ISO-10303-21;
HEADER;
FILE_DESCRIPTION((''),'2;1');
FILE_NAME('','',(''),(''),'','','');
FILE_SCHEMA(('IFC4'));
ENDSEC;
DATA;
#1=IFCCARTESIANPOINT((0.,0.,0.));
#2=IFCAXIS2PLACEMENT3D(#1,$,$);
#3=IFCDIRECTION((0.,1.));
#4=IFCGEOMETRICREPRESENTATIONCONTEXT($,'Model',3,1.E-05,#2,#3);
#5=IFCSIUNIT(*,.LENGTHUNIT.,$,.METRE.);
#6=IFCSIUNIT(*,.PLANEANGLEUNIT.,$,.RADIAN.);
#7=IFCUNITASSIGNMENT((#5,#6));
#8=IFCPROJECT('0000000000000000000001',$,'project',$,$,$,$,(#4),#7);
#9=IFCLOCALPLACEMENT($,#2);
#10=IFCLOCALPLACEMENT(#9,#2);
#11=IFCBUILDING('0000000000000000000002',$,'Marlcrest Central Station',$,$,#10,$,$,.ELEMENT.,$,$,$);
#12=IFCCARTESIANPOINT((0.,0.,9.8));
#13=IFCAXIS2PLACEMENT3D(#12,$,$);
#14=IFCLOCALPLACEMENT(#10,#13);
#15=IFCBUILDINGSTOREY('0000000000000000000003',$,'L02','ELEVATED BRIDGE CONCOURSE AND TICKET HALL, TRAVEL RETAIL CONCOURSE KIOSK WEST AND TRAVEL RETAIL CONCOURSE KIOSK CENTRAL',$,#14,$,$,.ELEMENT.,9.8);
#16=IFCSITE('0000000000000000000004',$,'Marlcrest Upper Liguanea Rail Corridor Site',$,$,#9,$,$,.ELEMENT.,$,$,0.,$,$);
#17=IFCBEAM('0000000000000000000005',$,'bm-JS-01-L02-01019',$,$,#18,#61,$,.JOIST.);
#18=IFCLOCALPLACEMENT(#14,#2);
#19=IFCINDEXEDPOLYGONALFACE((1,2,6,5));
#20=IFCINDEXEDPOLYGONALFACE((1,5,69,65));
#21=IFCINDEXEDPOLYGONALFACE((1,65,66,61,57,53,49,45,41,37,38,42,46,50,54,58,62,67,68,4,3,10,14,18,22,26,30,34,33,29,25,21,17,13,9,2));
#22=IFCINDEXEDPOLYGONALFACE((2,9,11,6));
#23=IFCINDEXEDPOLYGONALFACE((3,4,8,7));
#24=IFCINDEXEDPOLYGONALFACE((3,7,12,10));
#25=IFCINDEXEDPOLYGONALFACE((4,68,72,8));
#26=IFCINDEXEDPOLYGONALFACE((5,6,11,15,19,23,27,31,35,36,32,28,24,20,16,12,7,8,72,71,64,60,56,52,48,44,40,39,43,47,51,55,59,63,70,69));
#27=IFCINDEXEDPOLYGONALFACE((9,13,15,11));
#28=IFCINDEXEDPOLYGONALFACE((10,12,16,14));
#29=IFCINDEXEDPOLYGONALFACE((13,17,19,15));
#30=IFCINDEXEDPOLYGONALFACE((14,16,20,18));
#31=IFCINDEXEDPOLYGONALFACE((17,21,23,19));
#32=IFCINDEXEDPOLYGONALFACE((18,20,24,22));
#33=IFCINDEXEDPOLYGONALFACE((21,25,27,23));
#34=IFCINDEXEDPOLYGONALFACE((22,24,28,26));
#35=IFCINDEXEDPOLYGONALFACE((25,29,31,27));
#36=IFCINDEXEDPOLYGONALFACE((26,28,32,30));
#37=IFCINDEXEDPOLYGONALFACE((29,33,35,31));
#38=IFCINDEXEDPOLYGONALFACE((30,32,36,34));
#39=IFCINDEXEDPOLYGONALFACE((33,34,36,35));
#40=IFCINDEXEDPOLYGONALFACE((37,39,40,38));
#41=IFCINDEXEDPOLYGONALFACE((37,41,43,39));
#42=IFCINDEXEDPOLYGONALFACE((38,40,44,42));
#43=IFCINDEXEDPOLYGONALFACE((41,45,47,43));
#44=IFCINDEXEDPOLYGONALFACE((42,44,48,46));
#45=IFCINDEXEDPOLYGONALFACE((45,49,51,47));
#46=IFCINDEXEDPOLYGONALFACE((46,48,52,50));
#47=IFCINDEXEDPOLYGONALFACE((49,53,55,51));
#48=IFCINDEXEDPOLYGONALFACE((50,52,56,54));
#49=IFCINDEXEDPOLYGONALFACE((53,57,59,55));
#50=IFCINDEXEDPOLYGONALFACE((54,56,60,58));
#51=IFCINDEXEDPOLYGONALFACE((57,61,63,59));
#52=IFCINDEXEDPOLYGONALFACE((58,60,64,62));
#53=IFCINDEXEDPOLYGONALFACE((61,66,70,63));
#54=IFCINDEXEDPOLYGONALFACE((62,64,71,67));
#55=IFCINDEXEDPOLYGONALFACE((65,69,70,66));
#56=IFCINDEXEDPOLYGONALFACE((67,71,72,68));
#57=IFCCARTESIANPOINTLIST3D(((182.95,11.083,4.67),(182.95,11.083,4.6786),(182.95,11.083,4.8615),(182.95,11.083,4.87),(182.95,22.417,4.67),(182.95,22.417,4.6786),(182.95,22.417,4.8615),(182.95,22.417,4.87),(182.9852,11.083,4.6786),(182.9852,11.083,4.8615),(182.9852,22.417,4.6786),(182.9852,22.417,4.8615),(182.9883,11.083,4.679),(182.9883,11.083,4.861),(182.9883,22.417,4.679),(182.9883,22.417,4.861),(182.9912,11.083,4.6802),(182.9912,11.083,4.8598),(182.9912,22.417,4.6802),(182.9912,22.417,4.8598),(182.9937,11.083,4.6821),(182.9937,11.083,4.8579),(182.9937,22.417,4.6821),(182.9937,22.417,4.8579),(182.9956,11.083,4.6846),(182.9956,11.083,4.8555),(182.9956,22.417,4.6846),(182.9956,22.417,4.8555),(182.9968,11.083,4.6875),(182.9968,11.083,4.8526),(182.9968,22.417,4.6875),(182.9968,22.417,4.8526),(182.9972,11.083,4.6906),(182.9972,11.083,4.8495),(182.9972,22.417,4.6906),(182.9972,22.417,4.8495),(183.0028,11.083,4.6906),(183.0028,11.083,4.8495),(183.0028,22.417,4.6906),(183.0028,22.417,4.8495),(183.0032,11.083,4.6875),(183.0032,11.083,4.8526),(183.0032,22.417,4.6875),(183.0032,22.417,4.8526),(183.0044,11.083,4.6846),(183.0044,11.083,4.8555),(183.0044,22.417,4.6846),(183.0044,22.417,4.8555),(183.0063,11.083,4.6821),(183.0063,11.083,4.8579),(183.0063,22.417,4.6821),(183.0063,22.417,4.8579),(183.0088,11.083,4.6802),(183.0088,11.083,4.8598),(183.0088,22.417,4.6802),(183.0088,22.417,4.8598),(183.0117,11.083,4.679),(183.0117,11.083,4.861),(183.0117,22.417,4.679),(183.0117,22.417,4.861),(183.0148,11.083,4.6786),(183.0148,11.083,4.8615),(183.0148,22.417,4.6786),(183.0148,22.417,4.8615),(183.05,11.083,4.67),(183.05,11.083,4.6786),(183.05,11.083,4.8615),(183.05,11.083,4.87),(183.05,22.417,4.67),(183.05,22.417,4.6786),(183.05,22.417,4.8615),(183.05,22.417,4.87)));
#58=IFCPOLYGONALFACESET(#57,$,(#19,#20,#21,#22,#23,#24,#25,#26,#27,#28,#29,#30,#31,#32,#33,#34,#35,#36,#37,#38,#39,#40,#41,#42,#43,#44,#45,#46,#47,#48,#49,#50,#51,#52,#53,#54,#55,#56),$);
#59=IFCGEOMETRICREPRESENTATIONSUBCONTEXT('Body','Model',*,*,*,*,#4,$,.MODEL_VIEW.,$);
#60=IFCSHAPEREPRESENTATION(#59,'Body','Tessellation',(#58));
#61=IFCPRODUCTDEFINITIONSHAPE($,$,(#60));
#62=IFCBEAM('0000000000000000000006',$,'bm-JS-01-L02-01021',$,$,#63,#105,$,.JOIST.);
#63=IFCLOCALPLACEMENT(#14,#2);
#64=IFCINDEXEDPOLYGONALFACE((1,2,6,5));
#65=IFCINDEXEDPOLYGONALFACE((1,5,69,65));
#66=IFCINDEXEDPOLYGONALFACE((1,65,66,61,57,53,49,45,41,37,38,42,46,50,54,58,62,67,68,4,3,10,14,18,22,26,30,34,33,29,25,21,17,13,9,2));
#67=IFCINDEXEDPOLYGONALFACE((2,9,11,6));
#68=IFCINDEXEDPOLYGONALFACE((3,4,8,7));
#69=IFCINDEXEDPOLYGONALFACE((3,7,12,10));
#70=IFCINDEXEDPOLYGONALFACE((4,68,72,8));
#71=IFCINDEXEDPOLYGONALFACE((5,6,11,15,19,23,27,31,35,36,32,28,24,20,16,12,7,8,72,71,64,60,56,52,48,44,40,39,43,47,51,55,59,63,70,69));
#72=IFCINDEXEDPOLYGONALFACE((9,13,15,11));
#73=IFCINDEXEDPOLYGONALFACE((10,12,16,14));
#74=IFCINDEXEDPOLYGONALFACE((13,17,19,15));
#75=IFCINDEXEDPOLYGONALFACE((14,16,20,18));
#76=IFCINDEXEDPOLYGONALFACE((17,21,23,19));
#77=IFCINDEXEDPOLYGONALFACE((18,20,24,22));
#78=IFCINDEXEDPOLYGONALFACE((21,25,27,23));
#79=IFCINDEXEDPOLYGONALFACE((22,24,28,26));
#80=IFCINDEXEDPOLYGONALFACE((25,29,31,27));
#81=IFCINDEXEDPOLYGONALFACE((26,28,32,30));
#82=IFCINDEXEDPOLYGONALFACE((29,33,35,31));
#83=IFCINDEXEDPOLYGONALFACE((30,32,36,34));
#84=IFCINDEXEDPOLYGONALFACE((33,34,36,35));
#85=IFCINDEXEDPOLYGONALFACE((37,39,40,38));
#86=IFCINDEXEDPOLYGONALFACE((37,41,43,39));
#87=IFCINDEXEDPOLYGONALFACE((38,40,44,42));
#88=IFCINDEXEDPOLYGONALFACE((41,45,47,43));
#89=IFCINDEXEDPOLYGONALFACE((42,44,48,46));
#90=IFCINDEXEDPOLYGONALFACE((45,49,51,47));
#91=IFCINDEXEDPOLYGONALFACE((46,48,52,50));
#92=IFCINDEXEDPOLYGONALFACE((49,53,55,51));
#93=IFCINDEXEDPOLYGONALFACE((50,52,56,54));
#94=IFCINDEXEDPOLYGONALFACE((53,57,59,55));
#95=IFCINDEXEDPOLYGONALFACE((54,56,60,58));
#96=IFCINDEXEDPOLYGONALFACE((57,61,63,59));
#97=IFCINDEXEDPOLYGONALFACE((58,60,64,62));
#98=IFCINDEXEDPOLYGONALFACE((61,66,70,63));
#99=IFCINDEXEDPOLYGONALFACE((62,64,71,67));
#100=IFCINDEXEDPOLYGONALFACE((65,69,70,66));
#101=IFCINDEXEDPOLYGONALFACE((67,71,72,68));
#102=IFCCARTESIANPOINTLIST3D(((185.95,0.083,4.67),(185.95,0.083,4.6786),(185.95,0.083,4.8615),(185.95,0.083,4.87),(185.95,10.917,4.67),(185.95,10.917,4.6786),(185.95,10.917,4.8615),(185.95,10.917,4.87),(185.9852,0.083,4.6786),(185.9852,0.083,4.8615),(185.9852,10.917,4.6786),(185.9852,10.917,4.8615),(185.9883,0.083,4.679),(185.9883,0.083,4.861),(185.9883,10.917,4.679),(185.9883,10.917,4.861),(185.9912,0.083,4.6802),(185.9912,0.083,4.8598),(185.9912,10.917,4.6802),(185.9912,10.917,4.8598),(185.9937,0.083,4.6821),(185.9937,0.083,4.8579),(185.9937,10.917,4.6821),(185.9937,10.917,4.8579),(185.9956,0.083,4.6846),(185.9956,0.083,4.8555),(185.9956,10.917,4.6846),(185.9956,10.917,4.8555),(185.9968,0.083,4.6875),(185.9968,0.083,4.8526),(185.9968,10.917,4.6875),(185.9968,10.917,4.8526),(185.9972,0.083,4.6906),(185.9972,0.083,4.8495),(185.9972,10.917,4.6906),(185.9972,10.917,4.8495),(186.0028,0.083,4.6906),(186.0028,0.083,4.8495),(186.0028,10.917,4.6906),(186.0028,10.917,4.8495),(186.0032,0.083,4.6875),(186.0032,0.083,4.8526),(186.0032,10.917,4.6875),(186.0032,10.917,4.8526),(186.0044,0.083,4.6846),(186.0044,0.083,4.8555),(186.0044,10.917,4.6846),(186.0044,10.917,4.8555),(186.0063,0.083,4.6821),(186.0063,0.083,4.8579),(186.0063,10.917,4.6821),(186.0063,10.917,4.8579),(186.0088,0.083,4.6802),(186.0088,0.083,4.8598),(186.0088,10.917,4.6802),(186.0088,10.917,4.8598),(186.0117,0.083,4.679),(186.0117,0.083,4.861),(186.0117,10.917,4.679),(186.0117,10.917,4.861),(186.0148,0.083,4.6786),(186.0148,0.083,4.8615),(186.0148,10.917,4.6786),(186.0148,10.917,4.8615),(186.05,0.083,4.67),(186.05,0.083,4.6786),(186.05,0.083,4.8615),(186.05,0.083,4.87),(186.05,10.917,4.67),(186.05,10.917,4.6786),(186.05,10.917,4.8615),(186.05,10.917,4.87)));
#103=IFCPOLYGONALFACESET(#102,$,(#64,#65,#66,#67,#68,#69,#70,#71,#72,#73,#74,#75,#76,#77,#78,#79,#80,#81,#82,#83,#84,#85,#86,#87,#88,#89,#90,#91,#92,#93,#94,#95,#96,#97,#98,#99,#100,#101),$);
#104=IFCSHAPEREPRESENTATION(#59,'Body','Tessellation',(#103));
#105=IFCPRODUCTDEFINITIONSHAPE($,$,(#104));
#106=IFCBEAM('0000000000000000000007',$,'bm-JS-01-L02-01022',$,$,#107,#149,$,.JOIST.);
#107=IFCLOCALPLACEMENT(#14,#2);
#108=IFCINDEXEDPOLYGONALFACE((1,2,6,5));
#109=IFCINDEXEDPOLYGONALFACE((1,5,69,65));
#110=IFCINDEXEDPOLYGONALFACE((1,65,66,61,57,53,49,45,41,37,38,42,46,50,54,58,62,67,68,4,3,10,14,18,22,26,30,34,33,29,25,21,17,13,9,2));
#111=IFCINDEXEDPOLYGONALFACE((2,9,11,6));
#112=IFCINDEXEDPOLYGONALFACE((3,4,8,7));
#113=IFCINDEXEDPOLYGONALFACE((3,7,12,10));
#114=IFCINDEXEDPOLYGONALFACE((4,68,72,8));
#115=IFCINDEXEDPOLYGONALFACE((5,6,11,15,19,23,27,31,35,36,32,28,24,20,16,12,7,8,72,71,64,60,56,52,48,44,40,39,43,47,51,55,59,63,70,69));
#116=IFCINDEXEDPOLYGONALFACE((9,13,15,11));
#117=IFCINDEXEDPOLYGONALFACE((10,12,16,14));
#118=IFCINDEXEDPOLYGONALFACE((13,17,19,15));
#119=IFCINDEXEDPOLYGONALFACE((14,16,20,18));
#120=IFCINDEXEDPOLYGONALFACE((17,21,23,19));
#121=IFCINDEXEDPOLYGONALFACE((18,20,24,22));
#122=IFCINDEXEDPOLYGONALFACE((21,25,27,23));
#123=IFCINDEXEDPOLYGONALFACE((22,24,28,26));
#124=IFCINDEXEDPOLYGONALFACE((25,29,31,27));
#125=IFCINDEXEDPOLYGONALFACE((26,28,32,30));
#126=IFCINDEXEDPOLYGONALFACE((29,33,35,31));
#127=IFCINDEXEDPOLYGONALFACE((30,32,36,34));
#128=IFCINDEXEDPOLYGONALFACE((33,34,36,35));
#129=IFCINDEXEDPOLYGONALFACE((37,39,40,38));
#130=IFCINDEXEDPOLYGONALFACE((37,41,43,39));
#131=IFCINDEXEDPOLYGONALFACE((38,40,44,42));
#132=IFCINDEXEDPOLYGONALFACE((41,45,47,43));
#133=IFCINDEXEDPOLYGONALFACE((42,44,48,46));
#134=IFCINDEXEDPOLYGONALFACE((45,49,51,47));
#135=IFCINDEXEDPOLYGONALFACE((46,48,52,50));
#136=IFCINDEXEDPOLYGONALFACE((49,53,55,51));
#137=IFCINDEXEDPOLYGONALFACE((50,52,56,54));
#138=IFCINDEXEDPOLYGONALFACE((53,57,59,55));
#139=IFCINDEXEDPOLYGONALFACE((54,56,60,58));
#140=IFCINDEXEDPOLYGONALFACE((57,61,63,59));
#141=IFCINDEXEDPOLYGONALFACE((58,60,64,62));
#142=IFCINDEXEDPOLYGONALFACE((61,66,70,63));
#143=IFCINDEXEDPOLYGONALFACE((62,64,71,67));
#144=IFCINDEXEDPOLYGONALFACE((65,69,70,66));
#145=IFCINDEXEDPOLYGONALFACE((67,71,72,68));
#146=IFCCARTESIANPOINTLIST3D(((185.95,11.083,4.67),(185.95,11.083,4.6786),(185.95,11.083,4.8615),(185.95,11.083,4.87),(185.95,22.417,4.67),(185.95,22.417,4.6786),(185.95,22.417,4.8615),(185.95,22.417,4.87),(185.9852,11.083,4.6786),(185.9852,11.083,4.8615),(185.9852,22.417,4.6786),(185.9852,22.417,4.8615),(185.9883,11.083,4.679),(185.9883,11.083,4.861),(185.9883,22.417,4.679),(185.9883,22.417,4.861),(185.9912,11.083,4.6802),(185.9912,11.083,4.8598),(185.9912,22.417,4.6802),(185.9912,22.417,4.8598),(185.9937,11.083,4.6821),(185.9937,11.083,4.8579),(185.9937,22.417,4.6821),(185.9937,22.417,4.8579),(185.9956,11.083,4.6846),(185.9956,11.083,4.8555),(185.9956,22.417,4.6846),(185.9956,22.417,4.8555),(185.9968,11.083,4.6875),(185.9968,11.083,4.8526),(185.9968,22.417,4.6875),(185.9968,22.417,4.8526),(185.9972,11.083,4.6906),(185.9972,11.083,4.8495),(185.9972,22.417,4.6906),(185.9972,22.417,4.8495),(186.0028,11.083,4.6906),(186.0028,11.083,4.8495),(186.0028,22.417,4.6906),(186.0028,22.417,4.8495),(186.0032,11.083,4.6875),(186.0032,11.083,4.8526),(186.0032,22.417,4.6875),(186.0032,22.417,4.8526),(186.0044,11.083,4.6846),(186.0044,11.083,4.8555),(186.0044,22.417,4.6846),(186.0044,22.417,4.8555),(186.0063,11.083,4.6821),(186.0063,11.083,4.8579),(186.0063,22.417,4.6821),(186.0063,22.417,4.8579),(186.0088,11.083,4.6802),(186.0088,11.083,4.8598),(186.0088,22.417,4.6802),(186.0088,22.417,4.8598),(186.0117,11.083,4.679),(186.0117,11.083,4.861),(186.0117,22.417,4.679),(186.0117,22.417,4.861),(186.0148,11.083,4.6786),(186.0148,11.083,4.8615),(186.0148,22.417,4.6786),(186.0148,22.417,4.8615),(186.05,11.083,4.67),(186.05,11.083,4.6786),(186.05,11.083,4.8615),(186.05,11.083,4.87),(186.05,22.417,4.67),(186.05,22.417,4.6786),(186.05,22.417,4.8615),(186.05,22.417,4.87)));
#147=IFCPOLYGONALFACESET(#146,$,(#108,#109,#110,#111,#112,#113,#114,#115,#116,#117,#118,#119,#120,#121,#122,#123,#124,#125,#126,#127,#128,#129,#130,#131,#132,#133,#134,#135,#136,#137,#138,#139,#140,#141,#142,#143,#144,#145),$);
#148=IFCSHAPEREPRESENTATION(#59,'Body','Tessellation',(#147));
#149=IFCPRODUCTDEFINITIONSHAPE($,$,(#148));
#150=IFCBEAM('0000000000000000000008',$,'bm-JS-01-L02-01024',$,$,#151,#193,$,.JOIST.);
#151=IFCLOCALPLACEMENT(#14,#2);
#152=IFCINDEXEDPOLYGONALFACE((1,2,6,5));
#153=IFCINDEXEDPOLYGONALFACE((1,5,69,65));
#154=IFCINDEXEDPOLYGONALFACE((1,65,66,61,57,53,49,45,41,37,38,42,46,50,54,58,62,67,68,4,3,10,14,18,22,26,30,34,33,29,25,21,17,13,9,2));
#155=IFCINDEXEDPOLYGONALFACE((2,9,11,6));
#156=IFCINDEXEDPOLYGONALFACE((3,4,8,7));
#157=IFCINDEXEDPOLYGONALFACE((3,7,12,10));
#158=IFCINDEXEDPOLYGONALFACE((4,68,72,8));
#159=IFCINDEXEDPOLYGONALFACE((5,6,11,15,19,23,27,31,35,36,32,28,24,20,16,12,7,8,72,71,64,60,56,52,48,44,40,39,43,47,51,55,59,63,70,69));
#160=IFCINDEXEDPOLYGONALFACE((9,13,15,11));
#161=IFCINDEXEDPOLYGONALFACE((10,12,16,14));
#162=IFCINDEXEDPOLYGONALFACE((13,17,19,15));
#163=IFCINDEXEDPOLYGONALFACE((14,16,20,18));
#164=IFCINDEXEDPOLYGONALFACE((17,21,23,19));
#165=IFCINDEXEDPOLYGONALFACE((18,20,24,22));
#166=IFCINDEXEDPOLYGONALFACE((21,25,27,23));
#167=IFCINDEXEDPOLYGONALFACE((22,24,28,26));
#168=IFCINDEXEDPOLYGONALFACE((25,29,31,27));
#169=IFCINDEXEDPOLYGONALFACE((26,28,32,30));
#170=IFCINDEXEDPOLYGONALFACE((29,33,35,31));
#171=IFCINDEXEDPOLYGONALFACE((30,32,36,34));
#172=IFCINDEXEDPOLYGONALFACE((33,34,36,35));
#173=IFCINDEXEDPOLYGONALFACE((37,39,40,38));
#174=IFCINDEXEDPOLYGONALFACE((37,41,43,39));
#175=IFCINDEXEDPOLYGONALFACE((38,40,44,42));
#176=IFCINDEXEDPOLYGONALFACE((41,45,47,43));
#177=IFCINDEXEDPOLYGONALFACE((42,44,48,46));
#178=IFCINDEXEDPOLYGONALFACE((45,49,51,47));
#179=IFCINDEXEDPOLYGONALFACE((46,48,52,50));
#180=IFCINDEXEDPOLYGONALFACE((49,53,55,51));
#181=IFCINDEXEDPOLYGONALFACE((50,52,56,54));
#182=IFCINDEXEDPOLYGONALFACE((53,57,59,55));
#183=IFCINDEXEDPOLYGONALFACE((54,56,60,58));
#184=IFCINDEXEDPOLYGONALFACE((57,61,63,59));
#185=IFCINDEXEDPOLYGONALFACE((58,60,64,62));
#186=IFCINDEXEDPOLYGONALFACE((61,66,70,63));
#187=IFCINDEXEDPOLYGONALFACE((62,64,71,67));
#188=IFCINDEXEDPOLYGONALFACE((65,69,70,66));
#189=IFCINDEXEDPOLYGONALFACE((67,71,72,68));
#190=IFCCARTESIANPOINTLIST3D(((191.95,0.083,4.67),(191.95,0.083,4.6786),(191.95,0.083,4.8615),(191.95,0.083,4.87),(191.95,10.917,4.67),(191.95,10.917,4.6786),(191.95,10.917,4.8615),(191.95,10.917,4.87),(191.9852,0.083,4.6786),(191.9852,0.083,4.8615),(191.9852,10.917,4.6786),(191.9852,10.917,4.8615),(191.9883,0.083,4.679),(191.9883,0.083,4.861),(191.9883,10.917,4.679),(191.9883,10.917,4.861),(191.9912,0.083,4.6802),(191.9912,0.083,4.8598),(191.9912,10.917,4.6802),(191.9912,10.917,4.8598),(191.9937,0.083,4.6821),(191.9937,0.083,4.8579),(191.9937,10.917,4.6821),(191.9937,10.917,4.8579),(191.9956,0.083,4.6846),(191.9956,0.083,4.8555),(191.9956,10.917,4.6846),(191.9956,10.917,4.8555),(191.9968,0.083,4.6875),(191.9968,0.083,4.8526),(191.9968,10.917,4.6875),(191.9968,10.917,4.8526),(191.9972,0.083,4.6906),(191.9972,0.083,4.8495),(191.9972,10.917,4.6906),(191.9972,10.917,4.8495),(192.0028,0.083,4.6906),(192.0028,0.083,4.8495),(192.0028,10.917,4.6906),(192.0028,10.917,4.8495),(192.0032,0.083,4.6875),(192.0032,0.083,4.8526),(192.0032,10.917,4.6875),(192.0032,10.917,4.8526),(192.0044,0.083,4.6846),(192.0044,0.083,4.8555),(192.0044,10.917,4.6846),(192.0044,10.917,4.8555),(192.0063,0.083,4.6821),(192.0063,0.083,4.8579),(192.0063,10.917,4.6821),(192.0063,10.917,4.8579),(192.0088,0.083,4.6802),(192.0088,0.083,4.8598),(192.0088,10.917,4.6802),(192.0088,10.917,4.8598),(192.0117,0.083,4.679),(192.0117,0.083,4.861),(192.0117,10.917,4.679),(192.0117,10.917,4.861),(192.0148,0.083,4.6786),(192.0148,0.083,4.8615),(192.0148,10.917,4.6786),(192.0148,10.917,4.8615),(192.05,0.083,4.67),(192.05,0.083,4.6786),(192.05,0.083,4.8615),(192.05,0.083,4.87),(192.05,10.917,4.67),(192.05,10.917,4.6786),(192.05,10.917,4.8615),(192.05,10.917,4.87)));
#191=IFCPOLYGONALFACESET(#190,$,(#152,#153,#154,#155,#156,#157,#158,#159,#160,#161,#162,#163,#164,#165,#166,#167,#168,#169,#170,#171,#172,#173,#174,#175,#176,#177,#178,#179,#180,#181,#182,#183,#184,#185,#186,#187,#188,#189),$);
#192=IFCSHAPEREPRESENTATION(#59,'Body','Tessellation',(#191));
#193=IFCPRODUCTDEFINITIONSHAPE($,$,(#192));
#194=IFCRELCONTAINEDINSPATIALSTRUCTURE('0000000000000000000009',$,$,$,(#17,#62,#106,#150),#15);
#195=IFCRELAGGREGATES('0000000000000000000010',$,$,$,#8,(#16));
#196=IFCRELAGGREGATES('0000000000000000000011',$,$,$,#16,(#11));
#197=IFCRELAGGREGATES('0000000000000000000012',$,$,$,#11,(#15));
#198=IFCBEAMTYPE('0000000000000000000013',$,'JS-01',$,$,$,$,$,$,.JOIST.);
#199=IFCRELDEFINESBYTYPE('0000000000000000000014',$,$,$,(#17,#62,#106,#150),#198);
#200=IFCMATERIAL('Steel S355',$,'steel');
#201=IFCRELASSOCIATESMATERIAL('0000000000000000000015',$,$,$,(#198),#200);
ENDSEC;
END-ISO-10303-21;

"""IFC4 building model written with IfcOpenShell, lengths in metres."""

from ifc_helpers import new_model, si_unit, direction, frame, origin, origin_2d, place, context, subcontext, project, spatial, i_section, extrude, material, material_profile, profile_set, type_object, element, save


model = new_model("IFC4")

# Units and contexts
model_context = context("Model", 3, precision=1e-05, world=origin(), true_north=direction((0.0, 1.0)))
body_context = subcontext(model_context, "Body", "Model", "MODEL_VIEW")
ifc_project = project(units=[si_unit("LENGTHUNIT", "METRE"), si_unit("PLANEANGLEUNIT", "RADIAN")], contexts=[model_context])

# Site, building, storey
site_placement = place(None, origin())
site = spatial("IfcSite", under=ifc_project, at=site_placement, Name="Marlcrest Upper Liguanea Rail Corridor Site", CompositionType="ELEMENT", RefElevation=0.0)
building_placement = place(site_placement, origin())
building = spatial("IfcBuilding", under=site, at=building_placement, Name="Marlcrest Central Station", CompositionType="ELEMENT")
storey_placement = place(building_placement, frame((0.0, 0.0, 9.8)))
storey = spatial("IfcBuildingStorey", under=building, at=storey_placement, Name="L02", Description="ELEVATED BRIDGE CONCOURSE AND TICKET HALL, TRAVEL RETAIL CONCOURSE KIOSK WEST AND TRAVEL RETAIL CONCOURSE KIOSK CENTRAL", CompositionType="ELEMENT", Elevation=9.8)

# Beams
ifc_material_1 = material(Name="Steel S355", Category="steel")
ifc_material_profile_1 = material_profile(ifc_material_1, i_section(OverallWidth=0.1001, OverallDepth=0.2, WebThickness=0.0056, FlangeThickness=0.0085, FilletRadius=0.012, at=origin_2d()), Name="IPE 200")
ifc_profile_set_1 = profile_set([ifc_material_profile_1], Name="Steel S355")
beam_type_1 = type_object("IfcBeamType", Name="JS-01", PredefinedType="JOIST", material=ifc_profile_set_1)
beam_1_placement = place(storey_placement, frame((183.0, 11.083, 4.77), z_axis=(0.0, 1.0, 0.0), x_axis=(-1.0, 0.0, 0.0)))
element("IfcBeam", 1, at=beam_1_placement, inside=storey, type_object=beam_type_1, Name="bm-JS-01-L02-01019", PredefinedType="JOIST", context=body_context, shape_type="SweptSolid", body=[
    extrude(i_section(OverallWidth=0.1001, OverallDepth=0.2, WebThickness=0.0056, FlangeThickness=0.0085, FilletRadius=0.012, at=origin_2d()), origin(), (0.0, 0.0, 1.0), 11.334),
])
beam_2_placement = place(storey_placement, frame((186.0, 0.083, 4.77), z_axis=(0.0, 1.0, 0.0), x_axis=(-1.0, 0.0, 0.0)))
element("IfcBeam", 2, at=beam_2_placement, inside=storey, type_object=beam_type_1, Name="bm-JS-01-L02-01021", PredefinedType="JOIST", context=body_context, shape_type="SweptSolid", body=[
    extrude(i_section(OverallWidth=0.1001, OverallDepth=0.2, WebThickness=0.0056, FlangeThickness=0.0085, FilletRadius=0.012, at=origin_2d()), origin(), (0.0, 0.0, 1.0), 10.834),
])
beam_3_placement = place(storey_placement, frame((186.0, 11.083, 4.77), z_axis=(0.0, 1.0, 0.0), x_axis=(-1.0, 0.0, 0.0)))
element("IfcBeam", 3, at=beam_3_placement, inside=storey, type_object=beam_type_1, Name="bm-JS-01-L02-01022", PredefinedType="JOIST", context=body_context, shape_type="SweptSolid", body=[
    extrude(i_section(OverallWidth=0.1001, OverallDepth=0.2, WebThickness=0.0056, FlangeThickness=0.0085, FilletRadius=0.012, at=origin_2d()), origin(), (0.0, 0.0, 1.0), 11.334),
])
beam_4_placement = place(storey_placement, frame((192.0, 0.083, 4.77), z_axis=(0.0, 1.0, 0.0), x_axis=(-1.0, 0.0, 0.0)))
element("IfcBeam", 4, at=beam_4_placement, inside=storey, type_object=beam_type_1, Name="bm-JS-01-L02-01024", PredefinedType="JOIST", context=body_context, shape_type="SweptSolid", body=[
    extrude(i_section(OverallWidth=0.1001, OverallDepth=0.2, WebThickness=0.0056, FlangeThickness=0.0085, FilletRadius=0.012, at=origin_2d()), origin(), (0.0, 0.0, 1.0), 10.834),
])

save(model, "model.ifc")
